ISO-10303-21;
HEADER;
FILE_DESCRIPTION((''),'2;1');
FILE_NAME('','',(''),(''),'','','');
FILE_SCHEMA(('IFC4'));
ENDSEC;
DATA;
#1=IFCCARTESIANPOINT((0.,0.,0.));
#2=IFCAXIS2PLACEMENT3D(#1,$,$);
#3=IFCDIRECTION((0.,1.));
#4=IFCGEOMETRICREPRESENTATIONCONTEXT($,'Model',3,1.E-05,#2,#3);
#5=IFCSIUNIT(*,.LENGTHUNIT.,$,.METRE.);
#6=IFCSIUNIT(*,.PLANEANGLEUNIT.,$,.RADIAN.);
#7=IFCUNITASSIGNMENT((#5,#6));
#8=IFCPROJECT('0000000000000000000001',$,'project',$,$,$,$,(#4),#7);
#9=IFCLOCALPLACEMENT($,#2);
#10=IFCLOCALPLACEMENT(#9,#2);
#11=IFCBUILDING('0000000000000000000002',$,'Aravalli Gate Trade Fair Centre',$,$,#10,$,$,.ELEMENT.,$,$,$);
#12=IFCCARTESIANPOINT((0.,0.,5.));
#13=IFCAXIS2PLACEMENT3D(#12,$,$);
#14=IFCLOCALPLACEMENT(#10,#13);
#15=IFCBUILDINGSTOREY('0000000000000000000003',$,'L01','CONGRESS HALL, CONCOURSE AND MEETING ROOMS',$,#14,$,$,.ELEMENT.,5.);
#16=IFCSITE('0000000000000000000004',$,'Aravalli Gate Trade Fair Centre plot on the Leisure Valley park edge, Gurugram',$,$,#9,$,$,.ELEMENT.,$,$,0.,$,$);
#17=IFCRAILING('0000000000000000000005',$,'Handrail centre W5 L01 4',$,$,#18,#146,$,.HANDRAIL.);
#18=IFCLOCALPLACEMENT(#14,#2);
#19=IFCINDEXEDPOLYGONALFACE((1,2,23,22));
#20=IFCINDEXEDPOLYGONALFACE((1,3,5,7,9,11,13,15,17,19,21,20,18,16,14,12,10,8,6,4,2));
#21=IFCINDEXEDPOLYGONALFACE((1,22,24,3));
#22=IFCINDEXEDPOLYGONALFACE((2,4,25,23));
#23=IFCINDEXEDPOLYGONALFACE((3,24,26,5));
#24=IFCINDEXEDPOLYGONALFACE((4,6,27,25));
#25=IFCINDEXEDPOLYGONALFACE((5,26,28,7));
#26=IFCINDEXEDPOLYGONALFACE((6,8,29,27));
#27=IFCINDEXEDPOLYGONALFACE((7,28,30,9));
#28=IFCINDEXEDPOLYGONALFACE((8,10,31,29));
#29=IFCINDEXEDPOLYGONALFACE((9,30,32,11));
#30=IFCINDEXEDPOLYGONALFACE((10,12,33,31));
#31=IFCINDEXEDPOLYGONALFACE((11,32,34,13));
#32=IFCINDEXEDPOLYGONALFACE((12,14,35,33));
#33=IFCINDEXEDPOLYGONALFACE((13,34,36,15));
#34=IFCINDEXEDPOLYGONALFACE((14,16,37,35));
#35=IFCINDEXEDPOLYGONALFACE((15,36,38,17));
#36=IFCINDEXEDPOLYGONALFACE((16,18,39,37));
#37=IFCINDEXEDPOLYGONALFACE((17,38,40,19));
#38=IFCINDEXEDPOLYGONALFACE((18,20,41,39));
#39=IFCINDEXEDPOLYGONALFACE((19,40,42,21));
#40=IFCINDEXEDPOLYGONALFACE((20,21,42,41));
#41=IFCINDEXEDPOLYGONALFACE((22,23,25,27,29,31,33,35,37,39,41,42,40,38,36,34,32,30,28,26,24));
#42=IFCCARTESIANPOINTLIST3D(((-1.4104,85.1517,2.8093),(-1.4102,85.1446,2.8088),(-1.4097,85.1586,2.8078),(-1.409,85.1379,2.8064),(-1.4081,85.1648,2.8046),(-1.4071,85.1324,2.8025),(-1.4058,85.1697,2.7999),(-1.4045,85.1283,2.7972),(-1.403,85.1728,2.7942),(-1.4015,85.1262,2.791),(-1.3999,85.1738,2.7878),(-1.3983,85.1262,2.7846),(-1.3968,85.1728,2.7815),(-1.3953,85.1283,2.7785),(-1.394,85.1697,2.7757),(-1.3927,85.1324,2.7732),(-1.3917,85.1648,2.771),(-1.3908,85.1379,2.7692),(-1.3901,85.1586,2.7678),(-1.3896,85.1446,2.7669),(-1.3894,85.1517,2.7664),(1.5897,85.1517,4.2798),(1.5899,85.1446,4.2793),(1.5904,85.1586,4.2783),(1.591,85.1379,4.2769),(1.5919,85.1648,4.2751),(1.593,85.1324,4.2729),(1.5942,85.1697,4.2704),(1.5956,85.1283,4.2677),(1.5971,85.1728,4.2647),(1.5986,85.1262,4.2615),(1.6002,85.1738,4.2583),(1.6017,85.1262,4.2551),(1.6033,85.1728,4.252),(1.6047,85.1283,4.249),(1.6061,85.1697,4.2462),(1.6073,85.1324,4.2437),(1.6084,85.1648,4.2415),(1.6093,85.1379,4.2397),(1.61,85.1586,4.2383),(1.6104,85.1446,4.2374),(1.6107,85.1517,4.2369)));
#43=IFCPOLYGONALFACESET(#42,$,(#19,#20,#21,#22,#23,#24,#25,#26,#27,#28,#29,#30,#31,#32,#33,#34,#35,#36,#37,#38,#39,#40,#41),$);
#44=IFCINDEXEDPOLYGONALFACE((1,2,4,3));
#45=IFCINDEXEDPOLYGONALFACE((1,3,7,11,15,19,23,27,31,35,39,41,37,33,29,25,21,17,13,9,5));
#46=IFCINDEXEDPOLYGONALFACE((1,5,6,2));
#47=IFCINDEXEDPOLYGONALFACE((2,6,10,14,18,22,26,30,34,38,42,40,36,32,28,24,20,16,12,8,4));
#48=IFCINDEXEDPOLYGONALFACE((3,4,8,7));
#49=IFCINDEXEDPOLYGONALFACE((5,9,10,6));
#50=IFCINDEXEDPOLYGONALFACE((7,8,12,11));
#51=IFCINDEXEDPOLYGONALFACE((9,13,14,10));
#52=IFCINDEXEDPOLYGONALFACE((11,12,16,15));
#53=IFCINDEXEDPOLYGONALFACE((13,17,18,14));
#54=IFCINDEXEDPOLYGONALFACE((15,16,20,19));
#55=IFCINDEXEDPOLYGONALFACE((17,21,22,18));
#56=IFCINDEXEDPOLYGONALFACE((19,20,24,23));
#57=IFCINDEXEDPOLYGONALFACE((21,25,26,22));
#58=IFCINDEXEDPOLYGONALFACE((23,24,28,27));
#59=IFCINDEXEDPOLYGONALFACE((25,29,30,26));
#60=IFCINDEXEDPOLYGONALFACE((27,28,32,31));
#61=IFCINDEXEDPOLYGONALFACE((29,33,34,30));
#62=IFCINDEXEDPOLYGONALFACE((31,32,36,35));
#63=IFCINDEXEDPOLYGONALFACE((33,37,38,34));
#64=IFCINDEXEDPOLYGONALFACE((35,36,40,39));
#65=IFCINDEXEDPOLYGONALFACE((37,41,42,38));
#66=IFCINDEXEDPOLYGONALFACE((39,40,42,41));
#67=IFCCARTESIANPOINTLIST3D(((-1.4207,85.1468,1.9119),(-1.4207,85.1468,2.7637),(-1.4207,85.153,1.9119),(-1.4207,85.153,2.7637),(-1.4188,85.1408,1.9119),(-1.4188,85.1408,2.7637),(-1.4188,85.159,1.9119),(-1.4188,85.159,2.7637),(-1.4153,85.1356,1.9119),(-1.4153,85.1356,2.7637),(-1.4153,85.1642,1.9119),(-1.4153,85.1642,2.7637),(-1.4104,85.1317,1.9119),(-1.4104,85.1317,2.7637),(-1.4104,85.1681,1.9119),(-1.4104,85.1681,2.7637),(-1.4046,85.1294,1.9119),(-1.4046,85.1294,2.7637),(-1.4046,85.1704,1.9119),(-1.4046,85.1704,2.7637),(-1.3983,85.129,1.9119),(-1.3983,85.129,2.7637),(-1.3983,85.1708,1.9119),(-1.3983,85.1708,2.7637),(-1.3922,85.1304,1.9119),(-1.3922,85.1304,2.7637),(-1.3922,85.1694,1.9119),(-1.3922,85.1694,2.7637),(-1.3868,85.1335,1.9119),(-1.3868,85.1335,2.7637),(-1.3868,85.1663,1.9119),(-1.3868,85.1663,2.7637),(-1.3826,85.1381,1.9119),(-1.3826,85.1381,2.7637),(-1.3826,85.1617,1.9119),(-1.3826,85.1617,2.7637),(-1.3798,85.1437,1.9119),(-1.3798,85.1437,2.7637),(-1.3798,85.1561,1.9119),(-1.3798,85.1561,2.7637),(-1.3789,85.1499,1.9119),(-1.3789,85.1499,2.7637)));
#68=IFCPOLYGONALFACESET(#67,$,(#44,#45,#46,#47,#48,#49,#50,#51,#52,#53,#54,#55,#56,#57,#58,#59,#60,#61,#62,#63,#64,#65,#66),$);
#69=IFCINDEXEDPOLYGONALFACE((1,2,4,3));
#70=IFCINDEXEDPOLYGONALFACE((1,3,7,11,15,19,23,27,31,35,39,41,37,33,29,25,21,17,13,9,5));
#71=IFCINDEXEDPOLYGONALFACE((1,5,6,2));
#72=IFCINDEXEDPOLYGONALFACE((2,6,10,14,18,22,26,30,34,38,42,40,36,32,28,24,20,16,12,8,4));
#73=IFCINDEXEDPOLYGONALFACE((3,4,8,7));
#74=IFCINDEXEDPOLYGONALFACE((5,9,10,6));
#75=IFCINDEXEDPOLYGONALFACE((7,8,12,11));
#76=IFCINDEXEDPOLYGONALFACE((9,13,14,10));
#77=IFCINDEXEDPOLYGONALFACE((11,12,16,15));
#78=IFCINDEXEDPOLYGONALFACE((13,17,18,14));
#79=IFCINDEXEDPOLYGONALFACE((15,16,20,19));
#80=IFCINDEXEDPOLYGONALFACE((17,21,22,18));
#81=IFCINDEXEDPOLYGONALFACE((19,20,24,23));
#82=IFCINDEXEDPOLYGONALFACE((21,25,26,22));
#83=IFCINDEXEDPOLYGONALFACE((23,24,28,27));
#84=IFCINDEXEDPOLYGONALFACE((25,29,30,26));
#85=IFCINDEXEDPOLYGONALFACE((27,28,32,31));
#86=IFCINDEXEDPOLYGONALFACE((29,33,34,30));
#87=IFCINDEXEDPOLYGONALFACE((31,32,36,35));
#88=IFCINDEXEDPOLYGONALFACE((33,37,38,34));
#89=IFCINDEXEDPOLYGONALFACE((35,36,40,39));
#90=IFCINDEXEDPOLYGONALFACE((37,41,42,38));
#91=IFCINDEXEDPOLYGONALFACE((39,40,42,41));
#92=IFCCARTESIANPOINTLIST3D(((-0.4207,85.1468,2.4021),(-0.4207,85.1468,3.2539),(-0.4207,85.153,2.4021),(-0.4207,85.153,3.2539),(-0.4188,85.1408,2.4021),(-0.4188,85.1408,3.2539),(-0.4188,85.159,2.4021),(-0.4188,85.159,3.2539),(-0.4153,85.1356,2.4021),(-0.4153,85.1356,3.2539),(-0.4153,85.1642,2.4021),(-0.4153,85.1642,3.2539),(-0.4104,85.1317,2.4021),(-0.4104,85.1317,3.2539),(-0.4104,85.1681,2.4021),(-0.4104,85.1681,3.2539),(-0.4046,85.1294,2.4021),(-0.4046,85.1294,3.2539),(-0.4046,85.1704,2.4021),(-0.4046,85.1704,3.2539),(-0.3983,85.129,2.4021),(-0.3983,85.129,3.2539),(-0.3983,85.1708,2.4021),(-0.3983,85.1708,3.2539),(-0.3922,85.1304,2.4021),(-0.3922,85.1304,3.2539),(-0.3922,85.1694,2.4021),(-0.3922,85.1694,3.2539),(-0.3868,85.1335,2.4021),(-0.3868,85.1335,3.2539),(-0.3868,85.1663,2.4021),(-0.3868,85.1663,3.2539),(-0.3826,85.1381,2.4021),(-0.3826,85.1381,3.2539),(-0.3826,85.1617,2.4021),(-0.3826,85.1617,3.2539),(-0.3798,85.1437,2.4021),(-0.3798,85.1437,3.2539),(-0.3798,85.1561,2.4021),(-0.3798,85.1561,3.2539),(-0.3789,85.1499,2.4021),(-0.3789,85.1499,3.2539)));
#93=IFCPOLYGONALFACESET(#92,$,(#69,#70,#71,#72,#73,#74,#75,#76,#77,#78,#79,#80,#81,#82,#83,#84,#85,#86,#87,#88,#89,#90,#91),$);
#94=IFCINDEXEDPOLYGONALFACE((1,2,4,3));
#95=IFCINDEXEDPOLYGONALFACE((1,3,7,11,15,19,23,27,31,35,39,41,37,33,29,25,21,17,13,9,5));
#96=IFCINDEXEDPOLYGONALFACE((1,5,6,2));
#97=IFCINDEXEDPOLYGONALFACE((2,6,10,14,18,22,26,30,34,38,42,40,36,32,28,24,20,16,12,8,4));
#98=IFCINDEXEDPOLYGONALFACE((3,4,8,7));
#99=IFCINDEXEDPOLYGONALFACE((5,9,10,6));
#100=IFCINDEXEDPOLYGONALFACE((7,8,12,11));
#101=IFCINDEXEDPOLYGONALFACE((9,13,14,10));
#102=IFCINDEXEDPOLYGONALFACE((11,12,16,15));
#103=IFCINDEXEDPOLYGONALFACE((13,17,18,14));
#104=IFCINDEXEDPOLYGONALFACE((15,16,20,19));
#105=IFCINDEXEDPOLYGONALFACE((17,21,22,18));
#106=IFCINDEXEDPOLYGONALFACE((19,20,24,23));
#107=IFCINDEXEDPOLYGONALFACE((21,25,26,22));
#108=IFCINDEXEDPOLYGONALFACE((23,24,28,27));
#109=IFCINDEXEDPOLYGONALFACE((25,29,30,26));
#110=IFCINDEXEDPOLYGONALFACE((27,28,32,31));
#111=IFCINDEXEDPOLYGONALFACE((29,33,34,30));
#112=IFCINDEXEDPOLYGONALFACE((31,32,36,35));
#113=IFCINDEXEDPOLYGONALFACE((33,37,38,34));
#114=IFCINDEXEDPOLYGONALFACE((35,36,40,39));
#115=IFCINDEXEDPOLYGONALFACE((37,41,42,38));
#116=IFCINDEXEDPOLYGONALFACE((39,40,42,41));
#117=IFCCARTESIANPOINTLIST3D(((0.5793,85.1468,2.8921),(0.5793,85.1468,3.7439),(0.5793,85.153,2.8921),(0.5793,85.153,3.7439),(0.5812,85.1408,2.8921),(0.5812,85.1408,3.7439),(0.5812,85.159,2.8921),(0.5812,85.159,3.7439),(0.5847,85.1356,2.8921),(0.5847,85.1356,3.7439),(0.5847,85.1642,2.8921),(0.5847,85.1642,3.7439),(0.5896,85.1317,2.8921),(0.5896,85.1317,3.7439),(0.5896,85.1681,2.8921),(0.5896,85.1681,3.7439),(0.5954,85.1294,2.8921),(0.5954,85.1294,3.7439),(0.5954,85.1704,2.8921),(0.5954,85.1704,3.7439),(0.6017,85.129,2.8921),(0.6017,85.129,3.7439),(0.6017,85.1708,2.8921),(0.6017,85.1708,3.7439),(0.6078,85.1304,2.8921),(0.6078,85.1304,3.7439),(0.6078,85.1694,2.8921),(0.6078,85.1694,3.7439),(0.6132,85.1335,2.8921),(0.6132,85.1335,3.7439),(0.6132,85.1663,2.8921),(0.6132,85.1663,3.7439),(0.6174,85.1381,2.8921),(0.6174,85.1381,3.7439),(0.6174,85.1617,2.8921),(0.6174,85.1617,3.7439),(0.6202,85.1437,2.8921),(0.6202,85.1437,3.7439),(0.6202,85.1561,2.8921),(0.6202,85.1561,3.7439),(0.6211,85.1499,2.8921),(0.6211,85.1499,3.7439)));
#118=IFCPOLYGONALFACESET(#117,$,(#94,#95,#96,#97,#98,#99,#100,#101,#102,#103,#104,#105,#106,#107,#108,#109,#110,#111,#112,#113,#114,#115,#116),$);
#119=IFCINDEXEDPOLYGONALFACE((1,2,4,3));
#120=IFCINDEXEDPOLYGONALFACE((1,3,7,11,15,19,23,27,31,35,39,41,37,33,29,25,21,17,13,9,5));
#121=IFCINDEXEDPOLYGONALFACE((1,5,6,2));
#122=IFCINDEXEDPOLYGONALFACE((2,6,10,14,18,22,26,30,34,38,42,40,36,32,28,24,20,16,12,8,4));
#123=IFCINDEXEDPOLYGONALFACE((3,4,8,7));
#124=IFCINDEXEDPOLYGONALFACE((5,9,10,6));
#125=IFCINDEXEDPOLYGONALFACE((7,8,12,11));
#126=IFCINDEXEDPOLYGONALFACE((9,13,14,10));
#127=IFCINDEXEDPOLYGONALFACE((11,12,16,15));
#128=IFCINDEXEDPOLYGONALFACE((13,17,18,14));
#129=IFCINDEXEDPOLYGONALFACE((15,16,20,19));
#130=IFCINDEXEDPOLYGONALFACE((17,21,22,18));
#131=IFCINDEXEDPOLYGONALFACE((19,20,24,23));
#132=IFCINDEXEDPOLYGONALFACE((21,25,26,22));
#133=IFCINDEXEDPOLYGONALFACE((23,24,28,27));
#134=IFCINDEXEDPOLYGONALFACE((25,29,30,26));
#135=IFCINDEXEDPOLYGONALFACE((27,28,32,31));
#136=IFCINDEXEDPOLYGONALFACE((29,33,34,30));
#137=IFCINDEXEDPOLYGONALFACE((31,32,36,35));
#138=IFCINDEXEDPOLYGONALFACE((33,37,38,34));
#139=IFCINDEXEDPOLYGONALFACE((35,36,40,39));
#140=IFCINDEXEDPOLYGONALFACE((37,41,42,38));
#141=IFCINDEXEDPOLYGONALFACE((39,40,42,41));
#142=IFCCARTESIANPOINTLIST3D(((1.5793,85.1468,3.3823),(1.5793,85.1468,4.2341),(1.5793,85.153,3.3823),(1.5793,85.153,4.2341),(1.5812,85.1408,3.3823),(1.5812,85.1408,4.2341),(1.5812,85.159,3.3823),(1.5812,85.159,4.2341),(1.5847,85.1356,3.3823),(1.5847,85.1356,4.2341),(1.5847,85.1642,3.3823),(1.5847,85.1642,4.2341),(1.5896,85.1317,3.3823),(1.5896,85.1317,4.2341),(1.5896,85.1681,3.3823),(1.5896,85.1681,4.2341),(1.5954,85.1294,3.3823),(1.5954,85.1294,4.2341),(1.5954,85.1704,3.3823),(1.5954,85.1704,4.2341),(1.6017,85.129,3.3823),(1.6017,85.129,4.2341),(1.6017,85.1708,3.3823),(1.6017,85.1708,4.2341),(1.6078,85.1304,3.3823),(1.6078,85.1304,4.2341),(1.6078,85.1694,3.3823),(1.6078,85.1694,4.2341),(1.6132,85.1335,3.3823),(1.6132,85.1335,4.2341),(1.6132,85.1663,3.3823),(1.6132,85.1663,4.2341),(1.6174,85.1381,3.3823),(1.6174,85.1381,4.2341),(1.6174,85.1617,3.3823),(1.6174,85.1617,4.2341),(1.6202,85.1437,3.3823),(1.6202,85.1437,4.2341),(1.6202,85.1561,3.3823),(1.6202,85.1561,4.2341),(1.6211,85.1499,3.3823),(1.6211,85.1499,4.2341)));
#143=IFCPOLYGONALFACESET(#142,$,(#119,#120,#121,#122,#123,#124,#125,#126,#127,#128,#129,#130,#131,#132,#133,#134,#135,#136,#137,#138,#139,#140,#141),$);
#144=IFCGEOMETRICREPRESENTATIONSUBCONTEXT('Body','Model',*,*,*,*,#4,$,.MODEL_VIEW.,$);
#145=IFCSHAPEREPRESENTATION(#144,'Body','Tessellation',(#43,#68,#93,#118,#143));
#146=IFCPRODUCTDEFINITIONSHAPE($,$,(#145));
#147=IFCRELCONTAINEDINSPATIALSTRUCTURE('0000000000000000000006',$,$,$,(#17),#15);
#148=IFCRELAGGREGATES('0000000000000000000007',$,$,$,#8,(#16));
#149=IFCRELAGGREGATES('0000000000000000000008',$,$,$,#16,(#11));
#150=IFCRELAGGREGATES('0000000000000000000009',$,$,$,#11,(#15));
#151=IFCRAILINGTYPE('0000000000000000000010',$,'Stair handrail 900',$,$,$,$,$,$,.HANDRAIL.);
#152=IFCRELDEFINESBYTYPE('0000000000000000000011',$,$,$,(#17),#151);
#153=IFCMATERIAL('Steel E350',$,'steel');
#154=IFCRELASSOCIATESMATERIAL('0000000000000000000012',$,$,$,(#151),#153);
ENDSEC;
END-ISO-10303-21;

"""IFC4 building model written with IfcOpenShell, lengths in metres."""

from ifc_helpers import new_model, si_unit, direction, frame, origin, origin_2d, place, context, subcontext, project, spatial, circle, extrude, material, type_object, element, save


model = new_model("IFC4")

# Units and contexts
model_context = context("Model", 3, precision=1e-05, world=origin(), true_north=direction((0.0, 1.0)))
body_context = subcontext(model_context, "Body", "Model", "MODEL_VIEW")
ifc_project = project(units=[si_unit("LENGTHUNIT", "METRE"), si_unit("PLANEANGLEUNIT", "RADIAN")], contexts=[model_context])

# Site, building, storey
site_placement = place(None, origin())
site = spatial("IfcSite", under=ifc_project, at=site_placement, Name="Aravalli Gate Trade Fair Centre plot on the Leisure Valley park edge, Gurugram", CompositionType="ELEMENT", RefElevation=0.0)
building_placement = place(site_placement, origin())
building = spatial("IfcBuilding", under=site, at=building_placement, Name="Aravalli Gate Trade Fair Centre", CompositionType="ELEMENT")
storey_placement = place(building_placement, frame((0.0, 0.0, 5.0)))
storey = spatial("IfcBuildingStorey", under=building, at=storey_placement, Name="L01", Description="CONGRESS HALL, CONCOURSE AND MEETING ROOMS", CompositionType="ELEMENT", Elevation=5.0)

# Railing
ifc_material_1 = material(Name="Steel E350", Category="steel")
railing_type = type_object("IfcRailingType", Name="Stair handrail 900", PredefinedType="HANDRAIL", material=ifc_material_1)
for number, where, name in (
    (1, (-1.3999, 85.1499, 1.9119), "Handrail centre W5 L01 4"),
):
    element("IfcRailing", number, at=place(storey_placement, frame(where)), inside=storey, type_object=railing_type, Name=name, PredefinedType="HANDRAIL", context=body_context, shape_type="SweptSolid", body=[
        extrude(circle(Radius=0.0239, at=origin_2d()), frame((0.0, 0.0, 0.876), z_axis=(0.897936, 0.0, 0.440126), x_axis=(0.0, 1.0, 0.0)), (0.0, 0.0, 1.0), 3.3411),
        extrude(circle(Radius=0.021, at=origin_2d()), origin(), (0.0, 0.0, 1.0), 0.8518),
        extrude(circle(Radius=0.021, at=origin_2d()), frame((1.0, 0.0, 0.4902)), (0.0, 0.0, 1.0), 0.8518),
        extrude(circle(Radius=0.021, at=origin_2d()), frame((2.0, 0.0, 0.9802)), (0.0, 0.0, 1.0), 0.8518),
        extrude(circle(Radius=0.021, at=origin_2d()), frame((3.0, 0.0, 1.4705)), (0.0, 0.0, 1.0), 0.8518),
    ])

save(model, "model.ifc")
